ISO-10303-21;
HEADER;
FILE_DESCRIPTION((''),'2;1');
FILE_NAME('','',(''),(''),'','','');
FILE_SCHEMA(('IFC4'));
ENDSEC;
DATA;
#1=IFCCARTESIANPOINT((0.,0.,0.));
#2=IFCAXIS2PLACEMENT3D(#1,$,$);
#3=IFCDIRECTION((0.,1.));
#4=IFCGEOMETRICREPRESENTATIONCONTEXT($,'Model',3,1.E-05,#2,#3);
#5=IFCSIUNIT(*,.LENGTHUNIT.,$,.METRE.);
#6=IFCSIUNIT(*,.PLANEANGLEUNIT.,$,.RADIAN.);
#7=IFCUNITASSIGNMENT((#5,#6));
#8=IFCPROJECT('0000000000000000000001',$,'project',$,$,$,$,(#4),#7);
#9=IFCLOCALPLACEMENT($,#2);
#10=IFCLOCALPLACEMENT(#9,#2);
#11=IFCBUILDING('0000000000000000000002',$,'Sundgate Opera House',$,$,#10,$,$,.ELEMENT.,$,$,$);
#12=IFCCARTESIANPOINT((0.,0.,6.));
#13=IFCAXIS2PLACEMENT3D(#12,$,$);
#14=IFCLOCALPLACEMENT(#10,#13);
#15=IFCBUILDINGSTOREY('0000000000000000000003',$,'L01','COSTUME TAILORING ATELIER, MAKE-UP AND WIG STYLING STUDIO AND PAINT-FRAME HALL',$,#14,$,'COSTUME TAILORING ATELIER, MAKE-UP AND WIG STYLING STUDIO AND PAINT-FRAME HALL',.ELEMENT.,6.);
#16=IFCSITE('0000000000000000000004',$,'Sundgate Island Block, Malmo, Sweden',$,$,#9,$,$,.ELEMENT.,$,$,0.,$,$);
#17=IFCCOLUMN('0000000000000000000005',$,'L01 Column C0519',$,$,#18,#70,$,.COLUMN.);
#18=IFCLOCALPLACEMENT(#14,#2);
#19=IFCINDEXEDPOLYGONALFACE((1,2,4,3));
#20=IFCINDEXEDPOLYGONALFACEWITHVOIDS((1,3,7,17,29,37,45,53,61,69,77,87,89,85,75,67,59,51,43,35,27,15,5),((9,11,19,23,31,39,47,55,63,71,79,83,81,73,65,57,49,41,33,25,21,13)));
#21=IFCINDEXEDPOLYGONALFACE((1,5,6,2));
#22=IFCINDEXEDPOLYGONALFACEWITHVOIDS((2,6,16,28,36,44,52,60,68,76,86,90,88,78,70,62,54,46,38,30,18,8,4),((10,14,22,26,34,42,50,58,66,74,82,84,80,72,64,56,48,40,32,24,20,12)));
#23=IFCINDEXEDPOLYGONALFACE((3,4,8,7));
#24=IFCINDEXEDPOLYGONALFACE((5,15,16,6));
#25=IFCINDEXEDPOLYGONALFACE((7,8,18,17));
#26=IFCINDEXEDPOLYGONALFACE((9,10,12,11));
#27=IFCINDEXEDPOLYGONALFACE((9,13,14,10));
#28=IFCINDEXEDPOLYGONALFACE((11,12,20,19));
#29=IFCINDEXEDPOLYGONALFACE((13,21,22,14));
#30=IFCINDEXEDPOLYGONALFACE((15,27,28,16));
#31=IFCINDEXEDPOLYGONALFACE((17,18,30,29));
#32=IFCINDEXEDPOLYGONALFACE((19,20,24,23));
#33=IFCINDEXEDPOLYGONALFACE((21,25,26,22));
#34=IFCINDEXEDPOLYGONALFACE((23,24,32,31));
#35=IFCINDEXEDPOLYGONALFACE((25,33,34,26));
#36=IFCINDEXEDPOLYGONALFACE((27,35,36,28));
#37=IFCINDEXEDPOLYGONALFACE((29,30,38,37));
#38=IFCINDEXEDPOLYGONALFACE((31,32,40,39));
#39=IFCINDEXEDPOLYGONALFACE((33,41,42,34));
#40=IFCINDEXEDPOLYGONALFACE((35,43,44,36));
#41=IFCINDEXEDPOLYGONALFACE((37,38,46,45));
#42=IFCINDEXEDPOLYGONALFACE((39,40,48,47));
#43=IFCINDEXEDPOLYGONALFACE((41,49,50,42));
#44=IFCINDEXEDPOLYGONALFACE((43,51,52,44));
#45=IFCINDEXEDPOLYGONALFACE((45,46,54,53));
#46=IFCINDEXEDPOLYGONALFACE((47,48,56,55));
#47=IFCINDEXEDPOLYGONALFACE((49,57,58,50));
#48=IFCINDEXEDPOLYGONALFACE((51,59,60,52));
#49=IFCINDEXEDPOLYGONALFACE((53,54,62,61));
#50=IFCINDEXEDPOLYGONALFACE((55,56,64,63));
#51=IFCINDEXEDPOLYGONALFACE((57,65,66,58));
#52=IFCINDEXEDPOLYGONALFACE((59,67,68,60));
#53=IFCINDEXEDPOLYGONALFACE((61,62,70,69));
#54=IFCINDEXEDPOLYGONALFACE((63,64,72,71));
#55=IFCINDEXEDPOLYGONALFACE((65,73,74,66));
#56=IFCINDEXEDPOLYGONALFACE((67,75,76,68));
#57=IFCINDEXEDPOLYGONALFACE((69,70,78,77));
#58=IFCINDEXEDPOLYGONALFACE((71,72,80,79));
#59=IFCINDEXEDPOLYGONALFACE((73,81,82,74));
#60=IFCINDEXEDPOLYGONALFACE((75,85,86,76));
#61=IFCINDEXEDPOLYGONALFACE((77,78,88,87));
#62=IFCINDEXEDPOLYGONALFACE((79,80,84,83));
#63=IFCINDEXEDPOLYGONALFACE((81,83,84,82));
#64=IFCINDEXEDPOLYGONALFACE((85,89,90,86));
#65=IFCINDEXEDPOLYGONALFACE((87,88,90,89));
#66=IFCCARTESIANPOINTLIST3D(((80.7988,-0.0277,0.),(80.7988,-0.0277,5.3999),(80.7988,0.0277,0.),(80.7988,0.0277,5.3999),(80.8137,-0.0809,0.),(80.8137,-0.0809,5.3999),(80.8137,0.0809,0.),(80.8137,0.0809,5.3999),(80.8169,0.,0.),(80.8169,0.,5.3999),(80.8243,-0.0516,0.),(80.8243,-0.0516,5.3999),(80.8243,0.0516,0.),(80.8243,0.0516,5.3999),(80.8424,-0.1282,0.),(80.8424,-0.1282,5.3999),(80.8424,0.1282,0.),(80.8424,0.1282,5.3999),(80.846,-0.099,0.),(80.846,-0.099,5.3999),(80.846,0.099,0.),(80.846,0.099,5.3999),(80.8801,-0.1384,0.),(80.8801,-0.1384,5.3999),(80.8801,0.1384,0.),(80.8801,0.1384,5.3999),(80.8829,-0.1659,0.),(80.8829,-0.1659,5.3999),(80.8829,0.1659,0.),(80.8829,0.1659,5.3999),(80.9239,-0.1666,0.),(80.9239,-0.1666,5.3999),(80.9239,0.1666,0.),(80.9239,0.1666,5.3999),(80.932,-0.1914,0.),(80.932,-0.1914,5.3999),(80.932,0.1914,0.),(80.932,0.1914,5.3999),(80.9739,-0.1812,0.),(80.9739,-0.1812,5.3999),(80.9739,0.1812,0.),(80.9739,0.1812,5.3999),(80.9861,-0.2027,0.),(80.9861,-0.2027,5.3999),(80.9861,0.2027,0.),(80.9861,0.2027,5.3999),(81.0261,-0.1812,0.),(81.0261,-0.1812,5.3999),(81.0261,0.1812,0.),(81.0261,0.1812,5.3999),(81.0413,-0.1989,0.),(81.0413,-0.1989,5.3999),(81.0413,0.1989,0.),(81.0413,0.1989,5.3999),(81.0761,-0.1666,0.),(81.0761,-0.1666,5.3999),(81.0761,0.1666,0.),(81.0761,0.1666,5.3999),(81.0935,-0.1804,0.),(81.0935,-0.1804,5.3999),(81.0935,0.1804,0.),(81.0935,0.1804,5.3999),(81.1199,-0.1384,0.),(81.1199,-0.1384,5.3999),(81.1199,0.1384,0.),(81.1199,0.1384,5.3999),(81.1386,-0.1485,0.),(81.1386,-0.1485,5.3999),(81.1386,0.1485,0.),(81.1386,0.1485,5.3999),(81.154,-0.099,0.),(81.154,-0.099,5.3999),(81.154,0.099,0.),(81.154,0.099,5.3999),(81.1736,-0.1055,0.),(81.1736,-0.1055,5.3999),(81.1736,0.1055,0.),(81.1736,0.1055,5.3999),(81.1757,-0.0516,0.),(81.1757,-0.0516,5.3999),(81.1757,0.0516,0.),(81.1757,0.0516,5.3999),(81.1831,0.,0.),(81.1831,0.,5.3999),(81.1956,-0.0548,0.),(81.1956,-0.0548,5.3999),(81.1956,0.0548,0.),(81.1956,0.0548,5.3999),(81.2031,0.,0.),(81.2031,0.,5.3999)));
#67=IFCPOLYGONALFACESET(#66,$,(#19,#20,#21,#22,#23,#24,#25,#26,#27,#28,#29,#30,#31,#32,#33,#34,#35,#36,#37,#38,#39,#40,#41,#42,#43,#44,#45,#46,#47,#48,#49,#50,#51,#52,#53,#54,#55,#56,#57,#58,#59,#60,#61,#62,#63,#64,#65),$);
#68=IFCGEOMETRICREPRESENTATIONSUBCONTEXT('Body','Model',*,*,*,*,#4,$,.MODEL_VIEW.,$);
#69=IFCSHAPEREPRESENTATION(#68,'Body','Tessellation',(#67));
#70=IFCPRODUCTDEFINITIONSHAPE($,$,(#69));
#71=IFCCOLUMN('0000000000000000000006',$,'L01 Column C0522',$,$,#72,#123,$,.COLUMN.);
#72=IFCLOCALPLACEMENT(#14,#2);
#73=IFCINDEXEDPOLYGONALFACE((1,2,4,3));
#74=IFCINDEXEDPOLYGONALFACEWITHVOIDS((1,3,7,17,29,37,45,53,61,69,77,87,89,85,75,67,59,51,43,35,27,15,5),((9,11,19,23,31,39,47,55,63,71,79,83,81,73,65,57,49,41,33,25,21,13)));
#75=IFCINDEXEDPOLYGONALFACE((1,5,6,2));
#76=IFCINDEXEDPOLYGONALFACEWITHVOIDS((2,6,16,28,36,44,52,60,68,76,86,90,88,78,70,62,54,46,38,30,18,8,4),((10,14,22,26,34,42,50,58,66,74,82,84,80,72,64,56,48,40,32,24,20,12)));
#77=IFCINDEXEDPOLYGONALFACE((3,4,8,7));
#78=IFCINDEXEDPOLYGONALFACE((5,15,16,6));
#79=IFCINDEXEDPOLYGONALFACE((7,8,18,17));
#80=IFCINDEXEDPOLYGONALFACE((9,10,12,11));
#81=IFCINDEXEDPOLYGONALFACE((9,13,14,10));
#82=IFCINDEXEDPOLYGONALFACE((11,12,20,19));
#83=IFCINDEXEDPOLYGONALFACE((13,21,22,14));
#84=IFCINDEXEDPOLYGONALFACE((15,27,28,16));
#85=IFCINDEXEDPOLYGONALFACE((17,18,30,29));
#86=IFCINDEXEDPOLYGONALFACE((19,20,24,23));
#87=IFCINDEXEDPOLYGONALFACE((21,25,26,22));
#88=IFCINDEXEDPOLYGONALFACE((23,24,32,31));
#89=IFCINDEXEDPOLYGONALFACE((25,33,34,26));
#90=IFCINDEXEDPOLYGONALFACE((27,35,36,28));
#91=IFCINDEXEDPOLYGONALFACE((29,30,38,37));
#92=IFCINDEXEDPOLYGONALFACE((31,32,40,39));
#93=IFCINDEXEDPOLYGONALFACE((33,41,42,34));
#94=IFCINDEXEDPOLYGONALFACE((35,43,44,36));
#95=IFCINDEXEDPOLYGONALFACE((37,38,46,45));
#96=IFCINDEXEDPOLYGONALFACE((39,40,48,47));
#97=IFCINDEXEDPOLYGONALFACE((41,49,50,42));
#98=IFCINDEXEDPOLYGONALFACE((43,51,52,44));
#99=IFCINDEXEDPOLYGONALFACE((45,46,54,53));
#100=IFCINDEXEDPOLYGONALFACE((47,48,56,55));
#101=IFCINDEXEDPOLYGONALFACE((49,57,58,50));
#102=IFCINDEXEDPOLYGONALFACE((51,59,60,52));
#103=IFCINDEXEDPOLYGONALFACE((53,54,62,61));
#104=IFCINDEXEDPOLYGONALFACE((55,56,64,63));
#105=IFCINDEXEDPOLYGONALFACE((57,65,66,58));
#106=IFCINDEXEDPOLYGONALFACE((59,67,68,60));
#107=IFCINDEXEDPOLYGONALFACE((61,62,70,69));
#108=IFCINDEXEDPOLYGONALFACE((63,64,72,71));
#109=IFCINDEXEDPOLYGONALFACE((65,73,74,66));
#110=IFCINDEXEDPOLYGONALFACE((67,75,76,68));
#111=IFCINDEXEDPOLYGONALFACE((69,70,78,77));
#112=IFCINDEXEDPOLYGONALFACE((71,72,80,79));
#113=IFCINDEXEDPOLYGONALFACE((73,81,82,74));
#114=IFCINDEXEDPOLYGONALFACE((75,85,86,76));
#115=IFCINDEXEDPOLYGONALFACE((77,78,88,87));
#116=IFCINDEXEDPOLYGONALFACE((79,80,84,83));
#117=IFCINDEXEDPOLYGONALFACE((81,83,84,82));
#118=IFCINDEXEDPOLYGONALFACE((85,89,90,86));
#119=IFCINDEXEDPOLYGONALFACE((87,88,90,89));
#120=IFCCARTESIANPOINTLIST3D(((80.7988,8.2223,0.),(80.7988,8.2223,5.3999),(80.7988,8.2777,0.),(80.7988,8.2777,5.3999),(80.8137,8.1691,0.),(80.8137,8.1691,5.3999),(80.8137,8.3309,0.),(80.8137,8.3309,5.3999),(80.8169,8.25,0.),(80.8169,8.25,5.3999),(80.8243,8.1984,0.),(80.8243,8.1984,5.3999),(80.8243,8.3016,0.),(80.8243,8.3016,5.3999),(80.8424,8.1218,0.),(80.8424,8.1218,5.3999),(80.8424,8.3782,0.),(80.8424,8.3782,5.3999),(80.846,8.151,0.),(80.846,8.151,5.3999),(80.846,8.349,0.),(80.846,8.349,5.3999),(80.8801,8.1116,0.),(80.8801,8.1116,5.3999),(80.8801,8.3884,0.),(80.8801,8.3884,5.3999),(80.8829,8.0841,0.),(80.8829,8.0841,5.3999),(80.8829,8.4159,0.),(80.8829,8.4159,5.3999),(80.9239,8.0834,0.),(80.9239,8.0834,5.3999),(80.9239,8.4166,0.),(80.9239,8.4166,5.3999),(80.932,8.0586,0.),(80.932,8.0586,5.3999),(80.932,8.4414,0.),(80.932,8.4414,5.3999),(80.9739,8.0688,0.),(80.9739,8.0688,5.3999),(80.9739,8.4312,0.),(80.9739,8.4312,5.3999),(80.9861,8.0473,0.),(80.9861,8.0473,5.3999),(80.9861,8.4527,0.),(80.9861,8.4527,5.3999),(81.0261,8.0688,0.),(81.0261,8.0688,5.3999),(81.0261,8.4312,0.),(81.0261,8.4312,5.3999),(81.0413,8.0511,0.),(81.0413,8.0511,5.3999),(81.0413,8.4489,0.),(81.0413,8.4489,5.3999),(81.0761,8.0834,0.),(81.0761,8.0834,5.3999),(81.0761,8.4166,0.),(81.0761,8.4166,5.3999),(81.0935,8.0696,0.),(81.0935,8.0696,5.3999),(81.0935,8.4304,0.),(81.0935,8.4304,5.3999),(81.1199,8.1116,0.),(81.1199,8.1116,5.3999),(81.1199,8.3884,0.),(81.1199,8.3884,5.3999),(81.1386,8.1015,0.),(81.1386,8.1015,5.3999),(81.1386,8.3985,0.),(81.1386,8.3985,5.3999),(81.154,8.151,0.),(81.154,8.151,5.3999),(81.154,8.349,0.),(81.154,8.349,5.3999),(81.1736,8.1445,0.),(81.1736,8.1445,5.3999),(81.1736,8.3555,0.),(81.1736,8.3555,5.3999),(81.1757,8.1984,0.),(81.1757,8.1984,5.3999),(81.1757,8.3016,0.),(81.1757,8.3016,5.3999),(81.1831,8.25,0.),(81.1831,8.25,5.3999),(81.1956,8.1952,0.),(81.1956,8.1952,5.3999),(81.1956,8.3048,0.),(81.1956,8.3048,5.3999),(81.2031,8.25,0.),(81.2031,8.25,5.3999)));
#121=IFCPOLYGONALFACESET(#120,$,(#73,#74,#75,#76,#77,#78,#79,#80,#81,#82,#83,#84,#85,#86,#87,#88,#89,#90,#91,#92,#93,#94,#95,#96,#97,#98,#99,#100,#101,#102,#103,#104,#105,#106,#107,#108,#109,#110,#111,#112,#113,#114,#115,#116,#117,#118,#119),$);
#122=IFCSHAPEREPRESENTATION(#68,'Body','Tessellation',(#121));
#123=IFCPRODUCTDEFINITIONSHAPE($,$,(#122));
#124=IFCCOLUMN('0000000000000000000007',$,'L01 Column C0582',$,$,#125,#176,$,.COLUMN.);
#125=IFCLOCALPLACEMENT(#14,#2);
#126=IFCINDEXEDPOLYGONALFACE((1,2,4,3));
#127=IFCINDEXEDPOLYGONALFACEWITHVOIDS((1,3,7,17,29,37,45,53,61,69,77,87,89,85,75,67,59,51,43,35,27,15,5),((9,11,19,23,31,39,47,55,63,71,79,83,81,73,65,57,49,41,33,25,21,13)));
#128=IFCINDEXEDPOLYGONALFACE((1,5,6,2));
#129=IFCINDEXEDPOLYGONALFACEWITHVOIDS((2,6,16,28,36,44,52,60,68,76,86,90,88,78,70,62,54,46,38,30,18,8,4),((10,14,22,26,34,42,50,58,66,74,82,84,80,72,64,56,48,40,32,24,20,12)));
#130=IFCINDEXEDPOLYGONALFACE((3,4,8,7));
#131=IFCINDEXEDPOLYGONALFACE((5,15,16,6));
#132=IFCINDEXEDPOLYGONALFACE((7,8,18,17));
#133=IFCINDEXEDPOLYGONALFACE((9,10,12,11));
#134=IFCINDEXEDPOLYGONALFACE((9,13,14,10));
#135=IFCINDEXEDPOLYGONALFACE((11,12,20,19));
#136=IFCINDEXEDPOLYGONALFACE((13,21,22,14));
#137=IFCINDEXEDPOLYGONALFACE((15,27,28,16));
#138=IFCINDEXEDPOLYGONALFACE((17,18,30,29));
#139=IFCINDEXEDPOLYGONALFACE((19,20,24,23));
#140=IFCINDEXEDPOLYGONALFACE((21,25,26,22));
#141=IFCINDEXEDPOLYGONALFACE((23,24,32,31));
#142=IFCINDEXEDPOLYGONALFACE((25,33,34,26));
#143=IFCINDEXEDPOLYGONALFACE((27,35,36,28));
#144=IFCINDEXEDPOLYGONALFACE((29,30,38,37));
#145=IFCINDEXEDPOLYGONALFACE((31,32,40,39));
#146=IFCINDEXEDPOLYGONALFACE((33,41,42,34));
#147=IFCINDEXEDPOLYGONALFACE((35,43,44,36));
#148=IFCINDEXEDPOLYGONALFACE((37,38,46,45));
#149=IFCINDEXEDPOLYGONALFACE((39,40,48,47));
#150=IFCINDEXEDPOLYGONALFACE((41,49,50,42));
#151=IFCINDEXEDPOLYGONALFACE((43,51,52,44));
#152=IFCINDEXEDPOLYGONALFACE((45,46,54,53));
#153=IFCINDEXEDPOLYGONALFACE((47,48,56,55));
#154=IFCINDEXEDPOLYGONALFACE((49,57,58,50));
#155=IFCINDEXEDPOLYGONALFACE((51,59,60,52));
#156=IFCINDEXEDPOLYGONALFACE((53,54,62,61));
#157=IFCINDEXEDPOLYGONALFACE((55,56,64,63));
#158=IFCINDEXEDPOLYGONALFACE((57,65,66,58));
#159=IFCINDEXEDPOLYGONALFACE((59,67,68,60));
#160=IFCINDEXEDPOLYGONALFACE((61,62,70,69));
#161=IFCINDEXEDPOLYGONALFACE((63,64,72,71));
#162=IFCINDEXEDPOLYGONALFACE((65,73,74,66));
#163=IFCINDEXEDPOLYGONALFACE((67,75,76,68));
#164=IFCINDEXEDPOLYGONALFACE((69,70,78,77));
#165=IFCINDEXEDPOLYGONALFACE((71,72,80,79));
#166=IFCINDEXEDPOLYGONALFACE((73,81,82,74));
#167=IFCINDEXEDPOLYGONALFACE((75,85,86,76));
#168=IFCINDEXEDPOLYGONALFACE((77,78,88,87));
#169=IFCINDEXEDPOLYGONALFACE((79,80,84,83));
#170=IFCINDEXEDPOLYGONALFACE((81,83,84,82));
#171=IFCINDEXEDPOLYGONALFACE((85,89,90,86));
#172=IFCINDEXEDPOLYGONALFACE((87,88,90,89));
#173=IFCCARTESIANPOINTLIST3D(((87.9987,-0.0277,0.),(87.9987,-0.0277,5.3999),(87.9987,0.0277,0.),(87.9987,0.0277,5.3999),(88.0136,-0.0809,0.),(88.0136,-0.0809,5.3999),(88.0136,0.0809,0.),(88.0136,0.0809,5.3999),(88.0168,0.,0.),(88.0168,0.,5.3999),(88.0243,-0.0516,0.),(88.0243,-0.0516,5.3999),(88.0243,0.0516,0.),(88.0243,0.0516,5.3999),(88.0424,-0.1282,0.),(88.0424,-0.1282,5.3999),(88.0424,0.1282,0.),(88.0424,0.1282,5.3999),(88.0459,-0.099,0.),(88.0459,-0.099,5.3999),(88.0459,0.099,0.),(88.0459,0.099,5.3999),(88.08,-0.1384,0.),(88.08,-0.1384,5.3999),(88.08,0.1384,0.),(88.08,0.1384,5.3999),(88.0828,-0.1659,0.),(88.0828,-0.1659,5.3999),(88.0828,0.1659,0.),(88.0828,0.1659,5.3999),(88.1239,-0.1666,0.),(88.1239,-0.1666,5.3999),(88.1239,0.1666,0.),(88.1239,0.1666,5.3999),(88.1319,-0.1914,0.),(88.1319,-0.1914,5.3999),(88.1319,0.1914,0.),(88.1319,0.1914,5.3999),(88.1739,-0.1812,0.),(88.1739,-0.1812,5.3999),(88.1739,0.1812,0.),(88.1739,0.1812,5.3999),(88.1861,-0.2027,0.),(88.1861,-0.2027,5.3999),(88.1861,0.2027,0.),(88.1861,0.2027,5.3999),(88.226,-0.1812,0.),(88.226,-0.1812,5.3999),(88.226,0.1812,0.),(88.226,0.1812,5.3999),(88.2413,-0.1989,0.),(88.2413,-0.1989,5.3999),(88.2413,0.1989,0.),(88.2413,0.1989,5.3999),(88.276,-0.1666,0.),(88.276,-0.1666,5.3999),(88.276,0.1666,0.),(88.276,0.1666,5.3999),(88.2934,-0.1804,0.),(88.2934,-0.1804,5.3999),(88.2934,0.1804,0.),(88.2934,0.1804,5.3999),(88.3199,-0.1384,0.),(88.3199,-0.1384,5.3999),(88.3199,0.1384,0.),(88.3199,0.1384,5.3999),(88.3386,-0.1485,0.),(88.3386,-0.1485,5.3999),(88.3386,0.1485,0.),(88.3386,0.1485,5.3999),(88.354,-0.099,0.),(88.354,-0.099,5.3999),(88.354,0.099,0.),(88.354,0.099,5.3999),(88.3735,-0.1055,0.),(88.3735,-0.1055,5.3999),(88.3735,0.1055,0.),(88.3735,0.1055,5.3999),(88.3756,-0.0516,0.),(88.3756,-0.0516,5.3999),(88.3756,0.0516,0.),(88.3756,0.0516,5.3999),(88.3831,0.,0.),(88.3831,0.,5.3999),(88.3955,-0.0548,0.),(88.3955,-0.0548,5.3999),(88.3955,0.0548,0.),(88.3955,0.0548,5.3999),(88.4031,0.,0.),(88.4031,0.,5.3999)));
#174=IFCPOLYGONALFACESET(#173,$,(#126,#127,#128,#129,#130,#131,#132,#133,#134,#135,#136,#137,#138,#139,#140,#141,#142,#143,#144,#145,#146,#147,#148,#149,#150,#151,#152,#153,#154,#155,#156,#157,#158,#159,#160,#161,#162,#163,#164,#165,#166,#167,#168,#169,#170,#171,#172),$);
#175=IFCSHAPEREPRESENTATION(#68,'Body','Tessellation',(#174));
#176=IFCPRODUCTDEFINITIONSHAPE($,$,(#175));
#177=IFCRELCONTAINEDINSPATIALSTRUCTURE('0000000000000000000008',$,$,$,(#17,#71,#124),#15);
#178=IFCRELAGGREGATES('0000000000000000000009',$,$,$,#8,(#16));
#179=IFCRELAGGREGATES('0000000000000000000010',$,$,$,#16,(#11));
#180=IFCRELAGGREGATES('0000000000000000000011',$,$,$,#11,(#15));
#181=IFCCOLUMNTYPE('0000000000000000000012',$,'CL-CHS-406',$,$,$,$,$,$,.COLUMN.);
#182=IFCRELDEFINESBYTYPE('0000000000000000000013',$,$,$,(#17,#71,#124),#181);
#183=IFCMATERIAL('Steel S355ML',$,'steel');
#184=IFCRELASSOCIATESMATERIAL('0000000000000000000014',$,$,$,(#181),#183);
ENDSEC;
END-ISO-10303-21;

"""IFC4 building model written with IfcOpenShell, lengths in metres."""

from ifc_helpers import new_model, si_unit, direction, frame, origin, origin_2d, place, context, subcontext, project, spatial, hollow_circle, extrude, material, material_profile, profile_set, type_object, element, save


model = new_model("IFC4")

# Units and contexts
model_context = context("Model", 3, precision=1e-05, world=origin(), true_north=direction((0.0, 1.0)))
body_context = subcontext(model_context, "Body", "Model", "MODEL_VIEW")
ifc_project = project(units=[si_unit("LENGTHUNIT", "METRE"), si_unit("PLANEANGLEUNIT", "RADIAN")], contexts=[model_context])

# Site, building, storey
site_placement = place(None, origin())
site = spatial("IfcSite", under=ifc_project, at=site_placement, Name="Sundgate Island Block, Malmo, Sweden", CompositionType="ELEMENT", RefElevation=0.0)
building_placement = place(site_placement, origin())
building = spatial("IfcBuilding", under=site, at=building_placement, Name="Sundgate Opera House", CompositionType="ELEMENT")
storey_placement = place(building_placement, frame((0.0, 0.0, 6.0)))
storey = spatial("IfcBuildingStorey", under=building, at=storey_placement, Name="L01", Description="COSTUME TAILORING ATELIER, MAKE-UP AND WIG STYLING STUDIO AND PAINT-FRAME HALL", LongName="COSTUME TAILORING ATELIER, MAKE-UP AND WIG STYLING STUDIO AND PAINT-FRAME HALL", CompositionType="ELEMENT", Elevation=6.0)

# Columns
ifc_material_1 = material(Name="Steel S355ML", Category="steel")
ifc_material_profile_1 = material_profile(ifc_material_1, hollow_circle(Radius=0.2031, WallThickness=0.02, at=origin_2d()), Name="CHS 406.4x20.0")
ifc_profile_set_1 = profile_set([ifc_material_profile_1], Name="Steel S355ML")
column_type_1 = type_object("IfcColumnType", Name="CL-CHS-406", PredefinedType="COLUMN", material=ifc_profile_set_1)
for number, where, z_axis, x_axis, name in (
    (1, (81.0, 0.0, 0.0), (0.0, 0.0, 1.0), (1.0, 0.0, 0.0), "L01 Column C0519"),
    (2, (81.0, 8.25, 0.0), (0.0, 0.0, 1.0), (1.0, 0.0, 0.0), "L01 Column C0522"),
    (3, (88.2, 0.0, 0.0), (0.0, 0.0, 1.0), (1.0, 0.0, 0.0), "L01 Column C0582"),
):
    element("IfcColumn", number, at=place(storey_placement, frame(where, z_axis=z_axis, x_axis=x_axis)), inside=storey, type_object=column_type_1, Name=name, PredefinedType="COLUMN", context=body_context, shape_type="SweptSolid", body=[
        extrude(hollow_circle(Radius=0.2031, WallThickness=0.02, at=origin_2d()), origin(), (0.0, 0.0, 1.0), 5.3999),
    ])

save(model, "model.ifc")
